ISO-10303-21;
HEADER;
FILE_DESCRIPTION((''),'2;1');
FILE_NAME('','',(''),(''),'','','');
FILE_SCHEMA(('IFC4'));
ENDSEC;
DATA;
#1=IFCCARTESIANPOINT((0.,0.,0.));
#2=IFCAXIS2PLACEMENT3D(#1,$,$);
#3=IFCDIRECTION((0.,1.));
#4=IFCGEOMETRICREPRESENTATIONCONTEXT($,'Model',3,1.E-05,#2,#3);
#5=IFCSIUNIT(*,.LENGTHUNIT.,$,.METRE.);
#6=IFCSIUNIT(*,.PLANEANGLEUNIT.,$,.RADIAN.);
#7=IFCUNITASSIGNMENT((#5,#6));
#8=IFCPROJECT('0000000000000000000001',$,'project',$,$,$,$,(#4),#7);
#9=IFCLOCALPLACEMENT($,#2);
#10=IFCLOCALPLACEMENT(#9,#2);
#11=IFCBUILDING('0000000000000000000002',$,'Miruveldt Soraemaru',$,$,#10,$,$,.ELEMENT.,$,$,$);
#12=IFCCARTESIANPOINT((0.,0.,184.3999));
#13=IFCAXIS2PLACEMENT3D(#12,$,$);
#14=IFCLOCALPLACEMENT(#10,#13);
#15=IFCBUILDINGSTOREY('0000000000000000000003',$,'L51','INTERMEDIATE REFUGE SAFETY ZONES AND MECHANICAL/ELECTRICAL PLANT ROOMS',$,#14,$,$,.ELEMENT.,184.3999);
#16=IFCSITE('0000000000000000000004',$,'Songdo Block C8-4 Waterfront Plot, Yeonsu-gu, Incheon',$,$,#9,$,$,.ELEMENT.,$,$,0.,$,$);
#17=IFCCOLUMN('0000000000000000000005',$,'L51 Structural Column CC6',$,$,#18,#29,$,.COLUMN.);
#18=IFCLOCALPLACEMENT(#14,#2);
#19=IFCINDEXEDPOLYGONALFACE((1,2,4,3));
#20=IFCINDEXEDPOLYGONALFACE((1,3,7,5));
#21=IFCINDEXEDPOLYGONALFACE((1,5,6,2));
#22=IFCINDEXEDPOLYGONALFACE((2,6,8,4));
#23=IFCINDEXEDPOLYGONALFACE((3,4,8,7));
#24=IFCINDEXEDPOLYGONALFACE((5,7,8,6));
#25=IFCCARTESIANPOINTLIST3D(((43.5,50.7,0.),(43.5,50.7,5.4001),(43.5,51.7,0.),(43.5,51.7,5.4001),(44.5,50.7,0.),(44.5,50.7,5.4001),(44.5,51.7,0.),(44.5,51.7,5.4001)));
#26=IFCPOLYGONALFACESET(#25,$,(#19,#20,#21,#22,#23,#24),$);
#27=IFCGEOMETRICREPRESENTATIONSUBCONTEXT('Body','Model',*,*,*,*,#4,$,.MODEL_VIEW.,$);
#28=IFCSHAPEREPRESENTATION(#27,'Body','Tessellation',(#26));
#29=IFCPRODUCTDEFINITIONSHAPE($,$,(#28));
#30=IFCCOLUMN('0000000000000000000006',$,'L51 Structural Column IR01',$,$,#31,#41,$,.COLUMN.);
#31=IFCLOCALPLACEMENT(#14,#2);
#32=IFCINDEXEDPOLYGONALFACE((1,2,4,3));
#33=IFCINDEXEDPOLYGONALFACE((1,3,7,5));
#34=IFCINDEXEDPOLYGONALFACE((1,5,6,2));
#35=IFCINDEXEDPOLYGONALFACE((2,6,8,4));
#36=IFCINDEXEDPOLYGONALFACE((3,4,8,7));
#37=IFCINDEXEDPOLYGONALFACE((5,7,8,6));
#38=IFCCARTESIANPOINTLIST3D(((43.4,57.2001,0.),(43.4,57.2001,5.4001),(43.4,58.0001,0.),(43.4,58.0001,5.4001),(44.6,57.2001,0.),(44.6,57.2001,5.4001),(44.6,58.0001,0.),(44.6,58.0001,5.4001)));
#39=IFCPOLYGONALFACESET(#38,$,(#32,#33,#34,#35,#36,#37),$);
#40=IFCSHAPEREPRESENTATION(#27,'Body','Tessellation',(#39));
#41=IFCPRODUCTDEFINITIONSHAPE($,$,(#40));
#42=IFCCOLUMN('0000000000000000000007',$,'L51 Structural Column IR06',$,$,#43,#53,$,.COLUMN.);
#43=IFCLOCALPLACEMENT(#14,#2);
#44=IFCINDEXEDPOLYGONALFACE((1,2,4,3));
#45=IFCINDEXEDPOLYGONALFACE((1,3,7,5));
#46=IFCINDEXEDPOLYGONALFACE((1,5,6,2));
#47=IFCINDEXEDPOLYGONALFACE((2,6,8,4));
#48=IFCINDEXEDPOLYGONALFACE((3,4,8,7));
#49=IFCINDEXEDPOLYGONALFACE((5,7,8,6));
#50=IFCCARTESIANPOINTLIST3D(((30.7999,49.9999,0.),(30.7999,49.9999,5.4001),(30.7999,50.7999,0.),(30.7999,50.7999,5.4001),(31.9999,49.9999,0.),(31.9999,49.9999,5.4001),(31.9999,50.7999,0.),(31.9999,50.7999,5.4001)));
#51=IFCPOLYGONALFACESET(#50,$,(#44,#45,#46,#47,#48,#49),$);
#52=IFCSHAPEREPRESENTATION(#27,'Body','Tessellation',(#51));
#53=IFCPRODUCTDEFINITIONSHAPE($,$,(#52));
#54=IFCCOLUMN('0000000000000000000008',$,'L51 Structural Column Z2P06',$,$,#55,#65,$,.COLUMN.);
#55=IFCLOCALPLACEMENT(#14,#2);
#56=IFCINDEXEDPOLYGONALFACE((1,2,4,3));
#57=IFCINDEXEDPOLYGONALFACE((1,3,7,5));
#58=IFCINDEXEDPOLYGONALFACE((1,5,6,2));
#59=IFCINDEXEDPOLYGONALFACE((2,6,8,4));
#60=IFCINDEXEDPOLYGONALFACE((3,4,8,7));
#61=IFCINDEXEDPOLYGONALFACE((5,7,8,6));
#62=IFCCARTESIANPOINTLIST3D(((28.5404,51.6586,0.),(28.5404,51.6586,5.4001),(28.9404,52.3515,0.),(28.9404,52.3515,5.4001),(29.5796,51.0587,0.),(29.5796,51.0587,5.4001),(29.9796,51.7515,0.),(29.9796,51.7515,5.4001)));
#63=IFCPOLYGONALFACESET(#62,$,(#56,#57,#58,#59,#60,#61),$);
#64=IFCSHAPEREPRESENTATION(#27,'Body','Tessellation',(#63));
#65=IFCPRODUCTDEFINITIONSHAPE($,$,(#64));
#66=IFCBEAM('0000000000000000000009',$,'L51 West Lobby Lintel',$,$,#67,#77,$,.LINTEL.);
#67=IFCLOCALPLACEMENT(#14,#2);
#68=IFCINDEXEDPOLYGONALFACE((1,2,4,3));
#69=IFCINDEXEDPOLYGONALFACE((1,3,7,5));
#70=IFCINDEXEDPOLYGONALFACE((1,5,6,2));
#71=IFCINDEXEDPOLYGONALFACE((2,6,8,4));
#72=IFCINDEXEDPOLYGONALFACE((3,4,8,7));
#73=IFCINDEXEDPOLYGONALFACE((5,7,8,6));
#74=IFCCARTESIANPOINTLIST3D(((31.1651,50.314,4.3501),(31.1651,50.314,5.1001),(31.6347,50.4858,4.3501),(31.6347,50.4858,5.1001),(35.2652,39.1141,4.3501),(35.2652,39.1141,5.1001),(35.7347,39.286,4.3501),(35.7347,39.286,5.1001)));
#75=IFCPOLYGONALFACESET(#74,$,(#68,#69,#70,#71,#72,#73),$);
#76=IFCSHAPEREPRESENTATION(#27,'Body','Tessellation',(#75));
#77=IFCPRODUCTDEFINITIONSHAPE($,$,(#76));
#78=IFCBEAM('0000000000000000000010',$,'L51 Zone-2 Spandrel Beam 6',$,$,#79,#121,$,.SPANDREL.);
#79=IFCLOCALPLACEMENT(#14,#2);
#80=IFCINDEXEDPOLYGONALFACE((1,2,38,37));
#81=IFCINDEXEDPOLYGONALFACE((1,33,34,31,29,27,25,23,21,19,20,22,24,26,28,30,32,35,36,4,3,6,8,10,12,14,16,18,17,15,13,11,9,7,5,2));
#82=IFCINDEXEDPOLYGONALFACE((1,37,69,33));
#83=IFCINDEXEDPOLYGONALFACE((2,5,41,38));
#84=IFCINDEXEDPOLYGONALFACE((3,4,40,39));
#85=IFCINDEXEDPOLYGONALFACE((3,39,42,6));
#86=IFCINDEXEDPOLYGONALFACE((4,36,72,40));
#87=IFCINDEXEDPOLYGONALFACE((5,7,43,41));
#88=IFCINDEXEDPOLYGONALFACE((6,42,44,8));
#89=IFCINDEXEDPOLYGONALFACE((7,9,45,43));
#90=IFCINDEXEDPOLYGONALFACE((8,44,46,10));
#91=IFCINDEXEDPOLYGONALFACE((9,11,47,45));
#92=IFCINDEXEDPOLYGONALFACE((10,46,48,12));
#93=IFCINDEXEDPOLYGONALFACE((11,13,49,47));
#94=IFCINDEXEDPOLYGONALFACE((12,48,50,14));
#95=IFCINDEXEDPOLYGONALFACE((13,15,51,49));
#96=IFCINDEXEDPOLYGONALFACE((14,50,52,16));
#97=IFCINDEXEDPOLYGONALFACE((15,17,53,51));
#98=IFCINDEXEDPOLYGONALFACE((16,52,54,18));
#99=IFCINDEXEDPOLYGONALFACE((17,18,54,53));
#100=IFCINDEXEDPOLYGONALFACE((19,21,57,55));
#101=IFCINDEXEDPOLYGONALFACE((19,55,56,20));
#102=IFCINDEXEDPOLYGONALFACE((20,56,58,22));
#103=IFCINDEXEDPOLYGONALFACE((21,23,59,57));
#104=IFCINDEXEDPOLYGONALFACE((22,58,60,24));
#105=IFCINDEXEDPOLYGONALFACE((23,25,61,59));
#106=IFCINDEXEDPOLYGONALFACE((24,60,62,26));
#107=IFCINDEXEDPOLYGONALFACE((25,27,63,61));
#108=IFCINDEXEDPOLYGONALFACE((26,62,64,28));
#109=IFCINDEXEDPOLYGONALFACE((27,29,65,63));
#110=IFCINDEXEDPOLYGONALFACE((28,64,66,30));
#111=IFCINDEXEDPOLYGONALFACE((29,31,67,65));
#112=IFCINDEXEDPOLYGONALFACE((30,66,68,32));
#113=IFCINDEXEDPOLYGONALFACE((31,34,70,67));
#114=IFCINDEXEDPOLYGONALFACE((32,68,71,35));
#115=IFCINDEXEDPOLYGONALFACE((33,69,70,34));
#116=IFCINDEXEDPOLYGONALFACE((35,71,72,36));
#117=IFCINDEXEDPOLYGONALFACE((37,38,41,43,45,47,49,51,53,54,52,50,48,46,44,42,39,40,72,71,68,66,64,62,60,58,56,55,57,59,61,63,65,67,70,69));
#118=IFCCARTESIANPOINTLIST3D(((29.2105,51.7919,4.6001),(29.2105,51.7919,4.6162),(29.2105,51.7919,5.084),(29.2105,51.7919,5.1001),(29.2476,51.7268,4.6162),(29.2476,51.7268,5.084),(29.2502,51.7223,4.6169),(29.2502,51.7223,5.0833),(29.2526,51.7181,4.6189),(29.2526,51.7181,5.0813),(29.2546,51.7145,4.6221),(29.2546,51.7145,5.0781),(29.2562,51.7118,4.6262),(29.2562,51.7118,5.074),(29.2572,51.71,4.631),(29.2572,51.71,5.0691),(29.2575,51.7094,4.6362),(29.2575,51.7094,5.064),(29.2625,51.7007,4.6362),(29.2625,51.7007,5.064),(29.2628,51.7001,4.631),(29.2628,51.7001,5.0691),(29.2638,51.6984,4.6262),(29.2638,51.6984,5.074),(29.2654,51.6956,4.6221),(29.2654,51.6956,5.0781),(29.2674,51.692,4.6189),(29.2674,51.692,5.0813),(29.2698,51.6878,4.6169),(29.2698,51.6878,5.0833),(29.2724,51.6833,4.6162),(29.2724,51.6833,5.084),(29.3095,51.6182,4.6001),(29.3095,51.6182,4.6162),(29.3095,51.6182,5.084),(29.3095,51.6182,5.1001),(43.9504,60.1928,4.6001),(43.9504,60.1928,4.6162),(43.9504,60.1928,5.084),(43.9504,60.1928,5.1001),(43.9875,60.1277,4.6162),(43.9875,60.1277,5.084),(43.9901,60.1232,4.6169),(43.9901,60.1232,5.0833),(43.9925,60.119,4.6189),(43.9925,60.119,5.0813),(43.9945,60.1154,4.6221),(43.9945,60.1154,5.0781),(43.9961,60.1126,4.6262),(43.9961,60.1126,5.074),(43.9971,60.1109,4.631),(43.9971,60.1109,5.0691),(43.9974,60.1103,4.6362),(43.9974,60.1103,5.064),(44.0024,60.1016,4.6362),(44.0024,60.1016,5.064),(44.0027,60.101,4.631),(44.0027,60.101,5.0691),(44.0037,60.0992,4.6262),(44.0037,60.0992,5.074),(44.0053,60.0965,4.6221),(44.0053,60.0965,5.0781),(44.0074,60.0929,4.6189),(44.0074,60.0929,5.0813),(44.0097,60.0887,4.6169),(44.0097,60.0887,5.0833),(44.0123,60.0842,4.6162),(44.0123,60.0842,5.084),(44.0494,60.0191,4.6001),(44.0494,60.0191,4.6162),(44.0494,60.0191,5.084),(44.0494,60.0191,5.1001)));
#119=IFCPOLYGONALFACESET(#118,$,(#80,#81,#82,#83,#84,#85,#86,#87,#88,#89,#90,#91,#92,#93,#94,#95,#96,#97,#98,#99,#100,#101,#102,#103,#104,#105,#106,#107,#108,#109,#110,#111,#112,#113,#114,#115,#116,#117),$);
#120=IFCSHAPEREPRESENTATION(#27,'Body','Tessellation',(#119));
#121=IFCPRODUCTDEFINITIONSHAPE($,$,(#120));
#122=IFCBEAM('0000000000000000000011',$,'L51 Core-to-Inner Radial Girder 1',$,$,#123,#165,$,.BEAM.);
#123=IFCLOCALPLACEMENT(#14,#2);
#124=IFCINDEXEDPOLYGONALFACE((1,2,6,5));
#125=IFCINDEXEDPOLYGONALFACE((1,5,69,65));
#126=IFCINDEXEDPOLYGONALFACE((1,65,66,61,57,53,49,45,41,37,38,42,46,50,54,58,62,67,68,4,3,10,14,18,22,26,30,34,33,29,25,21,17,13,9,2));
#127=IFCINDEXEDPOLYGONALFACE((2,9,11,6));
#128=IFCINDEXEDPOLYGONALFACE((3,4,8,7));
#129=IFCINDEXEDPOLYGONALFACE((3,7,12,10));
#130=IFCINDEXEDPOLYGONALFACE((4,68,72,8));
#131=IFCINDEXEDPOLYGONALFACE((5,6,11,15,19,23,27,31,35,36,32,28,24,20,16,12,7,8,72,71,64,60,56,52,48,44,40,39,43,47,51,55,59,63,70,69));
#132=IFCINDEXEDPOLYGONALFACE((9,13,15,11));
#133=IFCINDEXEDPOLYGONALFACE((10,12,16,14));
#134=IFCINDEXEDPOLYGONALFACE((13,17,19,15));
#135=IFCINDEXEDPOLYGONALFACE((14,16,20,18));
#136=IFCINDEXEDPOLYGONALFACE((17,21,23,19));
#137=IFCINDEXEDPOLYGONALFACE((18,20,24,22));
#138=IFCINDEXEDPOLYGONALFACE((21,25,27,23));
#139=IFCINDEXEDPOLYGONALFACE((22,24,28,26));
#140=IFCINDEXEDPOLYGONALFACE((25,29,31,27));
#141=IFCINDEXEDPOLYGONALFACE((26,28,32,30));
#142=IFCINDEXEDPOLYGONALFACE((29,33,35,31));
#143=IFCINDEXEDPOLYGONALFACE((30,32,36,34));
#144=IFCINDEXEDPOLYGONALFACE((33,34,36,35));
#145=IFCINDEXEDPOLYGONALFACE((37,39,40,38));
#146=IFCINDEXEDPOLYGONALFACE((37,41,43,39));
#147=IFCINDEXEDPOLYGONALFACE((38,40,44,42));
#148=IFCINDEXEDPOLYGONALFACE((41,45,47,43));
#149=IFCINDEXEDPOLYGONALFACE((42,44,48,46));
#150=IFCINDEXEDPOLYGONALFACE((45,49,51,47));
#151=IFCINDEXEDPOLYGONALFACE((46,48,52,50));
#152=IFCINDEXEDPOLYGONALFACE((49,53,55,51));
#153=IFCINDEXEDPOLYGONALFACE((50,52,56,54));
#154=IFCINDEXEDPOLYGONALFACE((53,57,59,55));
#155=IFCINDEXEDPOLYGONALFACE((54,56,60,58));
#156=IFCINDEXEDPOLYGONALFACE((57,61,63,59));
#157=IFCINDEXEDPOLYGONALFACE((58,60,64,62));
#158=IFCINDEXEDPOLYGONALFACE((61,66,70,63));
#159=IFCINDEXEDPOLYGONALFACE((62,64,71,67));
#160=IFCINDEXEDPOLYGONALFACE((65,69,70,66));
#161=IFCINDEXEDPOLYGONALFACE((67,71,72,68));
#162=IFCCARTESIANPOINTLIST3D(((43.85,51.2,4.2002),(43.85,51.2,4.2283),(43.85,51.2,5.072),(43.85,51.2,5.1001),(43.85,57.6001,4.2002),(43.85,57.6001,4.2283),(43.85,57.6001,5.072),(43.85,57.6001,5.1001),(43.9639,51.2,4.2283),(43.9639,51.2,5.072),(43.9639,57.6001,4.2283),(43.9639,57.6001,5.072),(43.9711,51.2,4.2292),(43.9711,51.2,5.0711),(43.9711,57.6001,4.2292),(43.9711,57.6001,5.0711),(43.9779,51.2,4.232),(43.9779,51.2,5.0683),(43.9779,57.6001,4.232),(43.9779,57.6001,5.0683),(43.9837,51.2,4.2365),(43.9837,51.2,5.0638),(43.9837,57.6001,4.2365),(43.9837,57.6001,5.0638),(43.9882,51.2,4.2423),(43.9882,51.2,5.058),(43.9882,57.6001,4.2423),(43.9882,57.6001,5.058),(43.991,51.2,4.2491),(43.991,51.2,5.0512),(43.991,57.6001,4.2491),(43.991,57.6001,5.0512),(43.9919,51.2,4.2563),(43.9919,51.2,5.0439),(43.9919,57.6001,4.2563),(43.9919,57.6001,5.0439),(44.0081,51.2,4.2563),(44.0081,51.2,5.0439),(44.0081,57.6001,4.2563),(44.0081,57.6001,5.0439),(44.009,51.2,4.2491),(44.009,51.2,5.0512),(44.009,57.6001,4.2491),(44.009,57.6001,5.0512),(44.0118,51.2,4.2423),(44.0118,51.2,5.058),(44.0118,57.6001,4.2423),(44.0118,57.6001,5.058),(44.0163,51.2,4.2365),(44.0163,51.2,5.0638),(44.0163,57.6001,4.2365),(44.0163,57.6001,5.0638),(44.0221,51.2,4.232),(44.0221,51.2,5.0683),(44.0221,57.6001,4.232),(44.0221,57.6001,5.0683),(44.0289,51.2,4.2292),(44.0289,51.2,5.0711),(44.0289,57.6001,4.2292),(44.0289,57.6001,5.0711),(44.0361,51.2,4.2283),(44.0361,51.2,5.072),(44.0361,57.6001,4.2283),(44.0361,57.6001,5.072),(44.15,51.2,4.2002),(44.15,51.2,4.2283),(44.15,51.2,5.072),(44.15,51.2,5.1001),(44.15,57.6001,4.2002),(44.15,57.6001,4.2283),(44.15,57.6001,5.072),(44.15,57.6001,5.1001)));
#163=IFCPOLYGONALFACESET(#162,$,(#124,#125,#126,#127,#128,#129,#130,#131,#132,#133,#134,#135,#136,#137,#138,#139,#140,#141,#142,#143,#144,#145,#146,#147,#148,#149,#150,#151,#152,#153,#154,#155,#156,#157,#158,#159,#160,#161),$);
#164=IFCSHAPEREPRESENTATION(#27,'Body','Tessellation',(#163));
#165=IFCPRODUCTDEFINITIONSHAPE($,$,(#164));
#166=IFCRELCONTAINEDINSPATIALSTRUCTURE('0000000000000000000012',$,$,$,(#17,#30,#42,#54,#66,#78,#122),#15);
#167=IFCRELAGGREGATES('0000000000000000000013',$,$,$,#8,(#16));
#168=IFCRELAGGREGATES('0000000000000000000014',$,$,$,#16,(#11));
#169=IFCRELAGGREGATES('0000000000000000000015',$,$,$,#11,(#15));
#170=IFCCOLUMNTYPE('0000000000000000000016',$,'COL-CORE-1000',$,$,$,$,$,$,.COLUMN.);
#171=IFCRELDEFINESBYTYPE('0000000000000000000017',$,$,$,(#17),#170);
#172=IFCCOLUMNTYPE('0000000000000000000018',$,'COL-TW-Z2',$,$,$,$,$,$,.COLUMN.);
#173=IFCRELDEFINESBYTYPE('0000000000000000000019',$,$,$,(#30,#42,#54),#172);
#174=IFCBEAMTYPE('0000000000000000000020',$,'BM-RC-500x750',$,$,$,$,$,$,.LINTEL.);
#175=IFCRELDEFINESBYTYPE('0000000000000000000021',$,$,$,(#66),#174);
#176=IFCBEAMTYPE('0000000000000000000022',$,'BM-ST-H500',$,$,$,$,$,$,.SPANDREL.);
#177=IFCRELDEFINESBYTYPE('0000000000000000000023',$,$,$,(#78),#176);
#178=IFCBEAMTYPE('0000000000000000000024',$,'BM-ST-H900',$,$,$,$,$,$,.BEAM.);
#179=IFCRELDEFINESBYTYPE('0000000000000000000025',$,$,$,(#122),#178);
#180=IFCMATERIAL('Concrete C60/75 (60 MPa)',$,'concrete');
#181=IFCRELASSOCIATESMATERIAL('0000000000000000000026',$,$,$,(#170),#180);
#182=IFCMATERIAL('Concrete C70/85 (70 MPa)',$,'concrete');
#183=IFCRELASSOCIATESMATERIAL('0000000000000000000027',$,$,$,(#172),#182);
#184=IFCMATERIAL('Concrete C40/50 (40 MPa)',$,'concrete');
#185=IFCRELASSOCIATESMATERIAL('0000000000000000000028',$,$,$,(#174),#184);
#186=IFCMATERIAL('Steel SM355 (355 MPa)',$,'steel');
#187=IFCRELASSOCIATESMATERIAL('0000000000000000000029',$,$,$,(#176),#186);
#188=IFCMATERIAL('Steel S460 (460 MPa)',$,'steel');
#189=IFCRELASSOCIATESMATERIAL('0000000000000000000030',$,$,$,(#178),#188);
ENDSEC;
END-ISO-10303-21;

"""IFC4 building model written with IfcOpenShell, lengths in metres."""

from ifc_helpers import new_model, si_unit, direction, frame, origin, origin_2d, place, context, subcontext, project, spatial, rectangle, i_section, extrude, material, material_profile, profile_set, type_object, element, save


model = new_model("IFC4")

# Units and contexts
model_context = context("Model", 3, precision=1e-05, world=origin(), true_north=direction((0.0, 1.0)))
body_context = subcontext(model_context, "Body", "Model", "MODEL_VIEW")
ifc_project = project(units=[si_unit("LENGTHUNIT", "METRE"), si_unit("PLANEANGLEUNIT", "RADIAN")], contexts=[model_context])

# Site, building, storey
site_placement = place(None, origin())
site = spatial("IfcSite", under=ifc_project, at=site_placement, Name="Songdo Block C8-4 Waterfront Plot, Yeonsu-gu, Incheon", CompositionType="ELEMENT", RefElevation=0.0)
building_placement = place(site_placement, origin())
building = spatial("IfcBuilding", under=site, at=building_placement, Name="Miruveldt Soraemaru", CompositionType="ELEMENT")
storey_placement = place(building_placement, frame((0.0, 0.0, 184.3999)))
storey = spatial("IfcBuildingStorey", under=building, at=storey_placement, Name="L51", Description="INTERMEDIATE REFUGE SAFETY ZONES AND MECHANICAL/ELECTRICAL PLANT ROOMS", CompositionType="ELEMENT", Elevation=184.3999)

# Columns
ifc_material_1 = material(Name="Concrete C60/75 (60 MPa)", Category="concrete")
ifc_material_profile_1 = material_profile(ifc_material_1, rectangle(XDim=1.0, YDim=1.0, at=origin_2d()), Name="Concrete C60/75 (60 MPa)", Category="concrete")
ifc_profile_set_1 = profile_set([ifc_material_profile_1], Name="Concrete C60/75 (60 MPa)")
column_type_1 = type_object("IfcColumnType", Name="COL-CORE-1000", PredefinedType="COLUMN", material=ifc_profile_set_1)
column_placement = place(storey_placement, frame((44.0, 51.2, 0.0), z_axis=(0.0, 0.0, 1.0), x_axis=(1.0, 0.0, 0.0)))
element("IfcColumn", 1, at=column_placement, inside=storey, type_object=column_type_1, Name="L51 Structural Column CC6", PredefinedType="COLUMN", context=body_context, shape_type="SweptSolid", body=[
    extrude(rectangle(XDim=1.0, YDim=1.0, at=origin_2d()), origin(), (0.0, 0.0, 1.0), 5.4001),
])
ifc_material_2 = material(Name="Concrete C70/85 (70 MPa)", Category="concrete")
ifc_material_profile_2 = material_profile(ifc_material_2, rectangle(XDim=1.2, YDim=0.8, at=origin_2d()), Name="Concrete C70/85 (70 MPa)", Category="concrete")
ifc_profile_set_2 = profile_set([ifc_material_profile_2], Name="Concrete C70/85 (70 MPa)")
column_type_2 = type_object("IfcColumnType", Name="COL-TW-Z2", PredefinedType="COLUMN", material=ifc_profile_set_2)
for number, where, z_axis, x_axis, name in (
    (2, (44.0, 57.6001, 0.0), (0.0, 0.0, 1.0), (1.0, 0.0, 0.0), "L51 Structural Column IR01"),
    (3, (31.3999, 50.3999, 0.0), (0.0, 0.0, 1.0), (1.0, 0.0, 0.0), "L51 Structural Column IR06"),
    (4, (29.26, 51.7051, 0.0), (0.0, 0.0, 1.0), (-0.866025, 0.5, 0.0), "L51 Structural Column Z2P06"),
):
    element("IfcColumn", number, at=place(storey_placement, frame(where, z_axis=z_axis, x_axis=x_axis)), inside=storey, type_object=column_type_2, Name=name, PredefinedType="COLUMN", context=body_context, shape_type="SweptSolid", body=[
        extrude(rectangle(XDim=1.2, YDim=0.8, at=origin_2d()), origin(), (0.0, 0.0, 1.0), 5.4001),
    ])

# Beams
ifc_material_3 = material(Name="Concrete C40/50 (40 MPa)", Category="concrete")
ifc_material_profile_3 = material_profile(ifc_material_3, rectangle(XDim=0.5, YDim=0.75, at=origin_2d()), Name="Concrete C40/50 (40 MPa)", Category="concrete")
ifc_profile_set_3 = profile_set([ifc_material_profile_3], Name="Concrete C40/50 (40 MPa)")
beam_type_1 = type_object("IfcBeamType", Name="BM-RC-500x750", PredefinedType="LINTEL", material=ifc_profile_set_3)
beam_1_placement = place(storey_placement, frame((31.3999, 50.3999, 4.7251), z_axis=(0.34377, -0.939054, 0.0), x_axis=(0.939054, 0.34377, 0.0)))
element("IfcBeam", 5, at=beam_1_placement, inside=storey, type_object=beam_type_1, Name="L51 West Lobby Lintel", PredefinedType="LINTEL", context=body_context, shape_type="SweptSolid", body=[
    extrude(rectangle(XDim=0.5, YDim=0.75, at=origin_2d()), origin(), (0.0, 0.0, 1.0), 11.9268),
])
ifc_material_4 = material(Name="Steel SM355 (355 MPa)", Category="steel")
ifc_material_profile_4 = material_profile(ifc_material_4, i_section(OverallWidth=0.2, OverallDepth=0.5, WebThickness=0.01, FlangeThickness=0.0161, FilletRadius=0.02, at=origin_2d()), Name="Steel SM355 (355 MPa)", Category="steel")
ifc_profile_set_4 = profile_set([ifc_material_profile_4], Name="Steel SM355 (355 MPa)")
beam_type_2 = type_object("IfcBeamType", Name="BM-ST-H500", PredefinedType="SPANDREL", material=ifc_profile_set_4)
beam_2_placement = place(storey_placement, frame((29.26, 51.7051, 4.8501), z_axis=(0.8688, 0.495162, 0.0), x_axis=(-0.495162, 0.8688, 0.0)))
element("IfcBeam", 6, at=beam_2_placement, inside=storey, type_object=beam_type_2, Name="L51 Zone-2 Spandrel Beam 6", PredefinedType="SPANDREL", context=body_context, shape_type="SweptSolid", body=[
    extrude(i_section(OverallWidth=0.2, OverallDepth=0.5, WebThickness=0.01, FlangeThickness=0.0161, FilletRadius=0.02, at=origin_2d()), origin(), (0.0, 0.0, 1.0), 16.9658),
])
ifc_material_5 = material(Name="Steel S460 (460 MPa)", Category="steel")
ifc_material_profile_5 = material_profile(ifc_material_5, i_section(OverallWidth=0.3, OverallDepth=0.8999, WebThickness=0.0161, FlangeThickness=0.0281, FilletRadius=0.0281, at=origin_2d()), Name="Steel S460 (460 MPa)", Category="steel")
ifc_profile_set_5 = profile_set([ifc_material_profile_5], Name="Steel S460 (460 MPa)")
beam_type_3 = type_object("IfcBeamType", Name="BM-ST-H900", PredefinedType="BEAM", material=ifc_profile_set_5)
beam_3_placement = place(storey_placement, frame((44.0, 51.2, 4.6501), z_axis=(0.0, 1.0, 0.0), x_axis=(-1.0, 0.0, 0.0)))
element("IfcBeam", 7, at=beam_3_placement, inside=storey, type_object=beam_type_3, Name="L51 Core-to-Inner Radial Girder 1", PredefinedType="BEAM", context=body_context, shape_type="SweptSolid", body=[
    extrude(i_section(OverallWidth=0.3, OverallDepth=0.8999, WebThickness=0.0161, FlangeThickness=0.0281, FilletRadius=0.0281, at=origin_2d()), origin(), (0.0, 0.0, 1.0), 6.4001),
])

save(model, "model.ifc")
